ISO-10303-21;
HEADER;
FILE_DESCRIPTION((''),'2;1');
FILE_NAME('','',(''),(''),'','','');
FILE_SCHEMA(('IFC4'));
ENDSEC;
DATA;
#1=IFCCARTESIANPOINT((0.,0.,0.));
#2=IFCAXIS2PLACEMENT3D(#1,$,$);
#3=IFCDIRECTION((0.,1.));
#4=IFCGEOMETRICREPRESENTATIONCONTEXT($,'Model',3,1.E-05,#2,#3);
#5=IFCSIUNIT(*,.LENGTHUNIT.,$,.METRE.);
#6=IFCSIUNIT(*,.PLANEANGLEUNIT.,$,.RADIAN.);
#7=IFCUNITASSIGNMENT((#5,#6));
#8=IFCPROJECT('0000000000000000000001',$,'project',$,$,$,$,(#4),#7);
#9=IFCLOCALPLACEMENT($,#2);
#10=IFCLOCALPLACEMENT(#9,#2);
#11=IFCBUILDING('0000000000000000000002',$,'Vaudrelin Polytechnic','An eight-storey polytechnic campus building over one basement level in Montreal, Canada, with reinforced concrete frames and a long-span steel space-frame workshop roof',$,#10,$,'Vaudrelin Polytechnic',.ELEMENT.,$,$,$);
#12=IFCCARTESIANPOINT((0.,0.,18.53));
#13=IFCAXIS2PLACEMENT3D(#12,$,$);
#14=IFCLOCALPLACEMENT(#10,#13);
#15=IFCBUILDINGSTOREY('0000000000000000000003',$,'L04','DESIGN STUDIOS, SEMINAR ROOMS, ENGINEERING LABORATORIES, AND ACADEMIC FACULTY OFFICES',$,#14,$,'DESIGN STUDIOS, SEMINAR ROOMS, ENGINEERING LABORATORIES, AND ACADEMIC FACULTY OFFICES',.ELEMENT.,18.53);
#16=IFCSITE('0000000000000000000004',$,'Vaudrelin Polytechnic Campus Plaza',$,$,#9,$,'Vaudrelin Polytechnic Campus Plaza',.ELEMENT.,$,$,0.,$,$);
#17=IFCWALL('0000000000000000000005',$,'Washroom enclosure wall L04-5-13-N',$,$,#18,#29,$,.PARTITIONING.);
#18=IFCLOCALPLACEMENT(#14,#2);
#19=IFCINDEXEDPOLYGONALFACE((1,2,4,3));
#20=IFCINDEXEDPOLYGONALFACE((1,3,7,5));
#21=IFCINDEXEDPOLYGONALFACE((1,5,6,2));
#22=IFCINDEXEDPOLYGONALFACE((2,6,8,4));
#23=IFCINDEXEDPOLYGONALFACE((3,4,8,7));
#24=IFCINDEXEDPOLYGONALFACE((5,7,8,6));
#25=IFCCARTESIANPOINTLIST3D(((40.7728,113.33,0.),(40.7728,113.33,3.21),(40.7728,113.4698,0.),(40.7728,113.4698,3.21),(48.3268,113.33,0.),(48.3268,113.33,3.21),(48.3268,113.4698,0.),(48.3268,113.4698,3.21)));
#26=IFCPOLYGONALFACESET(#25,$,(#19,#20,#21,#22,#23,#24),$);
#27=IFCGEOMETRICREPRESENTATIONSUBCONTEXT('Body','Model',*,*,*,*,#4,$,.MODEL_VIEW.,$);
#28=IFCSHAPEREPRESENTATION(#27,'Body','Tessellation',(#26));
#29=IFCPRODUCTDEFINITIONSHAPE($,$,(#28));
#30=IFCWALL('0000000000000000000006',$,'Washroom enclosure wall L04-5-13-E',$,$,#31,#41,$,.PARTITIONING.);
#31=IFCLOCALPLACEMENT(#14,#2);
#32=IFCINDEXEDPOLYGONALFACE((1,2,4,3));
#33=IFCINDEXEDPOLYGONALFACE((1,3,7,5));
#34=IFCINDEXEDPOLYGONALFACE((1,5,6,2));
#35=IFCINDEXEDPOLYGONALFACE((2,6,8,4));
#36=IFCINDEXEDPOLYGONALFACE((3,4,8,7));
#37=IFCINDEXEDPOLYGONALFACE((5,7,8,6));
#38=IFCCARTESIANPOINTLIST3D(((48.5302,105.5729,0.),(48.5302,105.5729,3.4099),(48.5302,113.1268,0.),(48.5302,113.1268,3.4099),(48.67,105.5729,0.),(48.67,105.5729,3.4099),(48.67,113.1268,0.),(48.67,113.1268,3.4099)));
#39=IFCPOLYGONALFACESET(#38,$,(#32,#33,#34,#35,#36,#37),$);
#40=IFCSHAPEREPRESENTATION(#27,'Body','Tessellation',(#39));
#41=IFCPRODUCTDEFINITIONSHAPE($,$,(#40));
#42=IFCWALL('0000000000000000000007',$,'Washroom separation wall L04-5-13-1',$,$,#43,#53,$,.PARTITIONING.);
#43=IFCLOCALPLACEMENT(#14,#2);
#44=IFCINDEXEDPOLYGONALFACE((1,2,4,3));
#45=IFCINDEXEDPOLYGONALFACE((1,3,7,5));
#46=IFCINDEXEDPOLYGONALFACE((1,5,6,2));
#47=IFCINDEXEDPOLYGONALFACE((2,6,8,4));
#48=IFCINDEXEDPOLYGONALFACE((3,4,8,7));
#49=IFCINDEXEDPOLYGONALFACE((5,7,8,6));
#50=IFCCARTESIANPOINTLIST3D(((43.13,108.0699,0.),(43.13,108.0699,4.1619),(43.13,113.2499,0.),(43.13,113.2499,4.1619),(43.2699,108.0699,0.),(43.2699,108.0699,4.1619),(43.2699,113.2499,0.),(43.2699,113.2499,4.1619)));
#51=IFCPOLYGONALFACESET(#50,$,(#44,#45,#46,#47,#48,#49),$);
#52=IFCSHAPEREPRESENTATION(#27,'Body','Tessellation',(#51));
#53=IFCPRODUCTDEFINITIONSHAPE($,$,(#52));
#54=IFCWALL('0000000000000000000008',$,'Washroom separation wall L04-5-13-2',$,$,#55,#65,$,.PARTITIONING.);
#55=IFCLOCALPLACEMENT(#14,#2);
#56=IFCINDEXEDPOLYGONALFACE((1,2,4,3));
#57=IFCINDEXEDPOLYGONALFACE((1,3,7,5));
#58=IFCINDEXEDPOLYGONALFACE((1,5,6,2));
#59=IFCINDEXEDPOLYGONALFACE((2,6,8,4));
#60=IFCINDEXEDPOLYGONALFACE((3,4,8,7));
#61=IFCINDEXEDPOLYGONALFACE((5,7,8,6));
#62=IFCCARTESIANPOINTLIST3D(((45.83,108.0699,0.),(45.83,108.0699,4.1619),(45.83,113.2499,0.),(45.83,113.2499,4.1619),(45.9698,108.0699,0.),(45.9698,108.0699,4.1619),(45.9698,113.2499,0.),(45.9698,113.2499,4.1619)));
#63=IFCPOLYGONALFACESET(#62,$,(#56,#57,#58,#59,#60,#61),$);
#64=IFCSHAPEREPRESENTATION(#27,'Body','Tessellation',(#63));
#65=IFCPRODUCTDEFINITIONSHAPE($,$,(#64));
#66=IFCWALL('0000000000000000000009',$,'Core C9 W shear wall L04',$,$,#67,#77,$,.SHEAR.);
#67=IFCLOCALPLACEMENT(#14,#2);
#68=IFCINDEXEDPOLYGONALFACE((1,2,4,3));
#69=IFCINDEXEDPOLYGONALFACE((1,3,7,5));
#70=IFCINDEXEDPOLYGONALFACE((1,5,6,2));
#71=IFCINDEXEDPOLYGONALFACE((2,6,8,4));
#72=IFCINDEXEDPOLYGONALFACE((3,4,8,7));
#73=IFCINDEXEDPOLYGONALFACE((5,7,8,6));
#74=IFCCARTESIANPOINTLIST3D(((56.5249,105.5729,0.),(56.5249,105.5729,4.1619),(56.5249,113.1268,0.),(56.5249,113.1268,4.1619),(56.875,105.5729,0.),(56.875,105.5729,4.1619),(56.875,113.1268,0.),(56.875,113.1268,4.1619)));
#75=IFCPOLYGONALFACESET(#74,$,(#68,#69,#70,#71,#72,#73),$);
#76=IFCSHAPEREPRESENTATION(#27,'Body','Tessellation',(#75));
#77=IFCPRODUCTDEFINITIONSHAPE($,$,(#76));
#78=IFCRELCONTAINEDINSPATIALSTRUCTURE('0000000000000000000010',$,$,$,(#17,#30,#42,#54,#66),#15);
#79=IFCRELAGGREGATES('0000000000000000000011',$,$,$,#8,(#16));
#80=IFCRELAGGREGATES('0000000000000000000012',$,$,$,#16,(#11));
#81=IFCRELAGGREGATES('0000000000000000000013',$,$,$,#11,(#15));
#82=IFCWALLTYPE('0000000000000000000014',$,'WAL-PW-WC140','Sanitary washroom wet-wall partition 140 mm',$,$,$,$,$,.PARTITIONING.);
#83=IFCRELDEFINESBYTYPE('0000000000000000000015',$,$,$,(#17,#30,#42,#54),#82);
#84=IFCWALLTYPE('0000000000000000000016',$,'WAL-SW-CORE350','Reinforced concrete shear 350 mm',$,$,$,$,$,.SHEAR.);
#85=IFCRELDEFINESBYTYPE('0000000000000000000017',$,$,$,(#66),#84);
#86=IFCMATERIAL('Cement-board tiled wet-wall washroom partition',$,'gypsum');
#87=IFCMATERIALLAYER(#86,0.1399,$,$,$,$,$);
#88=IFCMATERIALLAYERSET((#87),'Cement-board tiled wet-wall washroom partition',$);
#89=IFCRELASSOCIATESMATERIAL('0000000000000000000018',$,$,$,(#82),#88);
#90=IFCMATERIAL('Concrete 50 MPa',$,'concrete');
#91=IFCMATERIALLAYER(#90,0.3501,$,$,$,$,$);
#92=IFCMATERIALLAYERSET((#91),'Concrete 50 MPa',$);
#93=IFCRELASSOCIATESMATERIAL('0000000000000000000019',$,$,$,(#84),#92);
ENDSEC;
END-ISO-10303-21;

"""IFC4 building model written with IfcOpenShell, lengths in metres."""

from ifc_helpers import new_model, si_unit, direction, frame, frame_2d, origin, place, context, subcontext, project, spatial, rectangle, extrude, material, layer, layer_set, type_object, element, save


model = new_model("IFC4")

# Units and contexts
model_context = context("Model", 3, precision=1e-05, world=origin(), true_north=direction((0.0, 1.0)))
body_context = subcontext(model_context, "Body", "Model", "MODEL_VIEW")
ifc_project = project(units=[si_unit("LENGTHUNIT", "METRE"), si_unit("PLANEANGLEUNIT", "RADIAN")], contexts=[model_context])

# Site, building, storey
site_placement = place(None, origin())
site = spatial("IfcSite", under=ifc_project, at=site_placement, Name="Vaudrelin Polytechnic Campus Plaza", LongName="Vaudrelin Polytechnic Campus Plaza", CompositionType="ELEMENT", RefElevation=0.0)
building_placement = place(site_placement, origin())
building = spatial("IfcBuilding", under=site, at=building_placement, Name="Vaudrelin Polytechnic", Description="An eight-storey polytechnic campus building over one basement level in Montreal, Canada, with reinforced concrete frames and a long-span steel space-frame workshop roof", LongName="Vaudrelin Polytechnic", CompositionType="ELEMENT")
storey_placement = place(building_placement, frame((0.0, 0.0, 18.53)))
storey = spatial("IfcBuildingStorey", under=building, at=storey_placement, Name="L04", Description="DESIGN STUDIOS, SEMINAR ROOMS, ENGINEERING LABORATORIES, AND ACADEMIC FACULTY OFFICES", LongName="DESIGN STUDIOS, SEMINAR ROOMS, ENGINEERING LABORATORIES, AND ACADEMIC FACULTY OFFICES", CompositionType="ELEMENT", Elevation=18.53)

# Shared definitions
ifc_material_1 = material(Name="Concrete 50 MPa", Category="concrete")

# Walls
ifc_material_2 = material(Name="Cement-board tiled wet-wall washroom partition", Category="gypsum")
ifc_layer_1 = layer(ifc_material_2, 0.1399)
ifc_layer_set_1 = layer_set([ifc_layer_1], Name="Cement-board tiled wet-wall washroom partition")
wall_type_1 = type_object("IfcWallType", Name="WAL-PW-WC140", Description="Sanitary washroom wet-wall partition 140 mm", PredefinedType="PARTITIONING", material=ifc_layer_set_1)
wall_1_placement = place(storey_placement, frame((40.7729, 113.3999, 0.0), z_axis=(0.0, 0.0, 1.0), x_axis=(1.0, 0.0, 0.0)))
element("IfcWall", 1, at=wall_1_placement, inside=storey, type_object=wall_type_1, Name="Washroom enclosure wall L04-5-13-N", PredefinedType="PARTITIONING", context=body_context, shape_type="SweptSolid", body=[
    extrude(rectangle(XDim=7.554, YDim=0.1399, at=frame_2d((3.7769, 0.0))), origin(), (0.0, 0.0, 1.0), 3.21),
])
wall_2_placement = place(storey_placement, frame((48.6001, 105.573, 0.0), z_axis=(0.0, 0.0, 1.0), x_axis=(0.0, 1.0, 0.0)))
element("IfcWall", 2, at=wall_2_placement, inside=storey, type_object=wall_type_1, Name="Washroom enclosure wall L04-5-13-E", PredefinedType="PARTITIONING", context=body_context, shape_type="SweptSolid", body=[
    extrude(rectangle(XDim=7.554, YDim=0.1399, at=frame_2d((3.7769, 0.0))), origin(), (0.0, 0.0, 1.0), 3.4099),
])

# Walls
for number, where, z_axis, x_axis, name in (
    (3, (43.2, 108.0701, 0.0), (0.0, 0.0, 1.0), (0.0, 1.0, 0.0), "Washroom separation wall L04-5-13-1"),
    (4, (45.8999, 108.0701, 0.0), (0.0, 0.0, 1.0), (0.0, 1.0, 0.0), "Washroom separation wall L04-5-13-2"),
):
    element("IfcWall", number, at=place(storey_placement, frame(where, z_axis=z_axis, x_axis=x_axis)), inside=storey, type_object=wall_type_1, Name=name, PredefinedType="PARTITIONING", context=body_context, shape_type="SweptSolid", body=[
        extrude(rectangle(XDim=5.1799, YDim=0.1399, at=frame_2d((2.5898, 0.0))), origin(), (0.0, 0.0, 1.0), 4.1619),
    ])
ifc_layer_2 = layer(ifc_material_1, 0.3501)
ifc_layer_set_2 = layer_set([ifc_layer_2], Name="Concrete 50 MPa")
wall_type_2 = type_object("IfcWallType", Name="WAL-SW-CORE350", Description="Reinforced concrete shear 350 mm", PredefinedType="SHEAR", material=ifc_layer_set_2)
wall_3_placement = place(storey_placement, frame((56.7, 105.573, 0.0), z_axis=(0.0, 0.0, 1.0), x_axis=(0.0, 1.0, 0.0)))
element("IfcWall", 5, at=wall_3_placement, inside=storey, type_object=wall_type_2, Name="Core C9 W shear wall L04", PredefinedType="SHEAR", context=body_context, shape_type="SweptSolid", body=[
    extrude(rectangle(XDim=7.554, YDim=0.3501, at=frame_2d((3.7769, 0.0))), origin(), (0.0, 0.0, 1.0), 4.1619),
])

save(model, "model.ifc")
